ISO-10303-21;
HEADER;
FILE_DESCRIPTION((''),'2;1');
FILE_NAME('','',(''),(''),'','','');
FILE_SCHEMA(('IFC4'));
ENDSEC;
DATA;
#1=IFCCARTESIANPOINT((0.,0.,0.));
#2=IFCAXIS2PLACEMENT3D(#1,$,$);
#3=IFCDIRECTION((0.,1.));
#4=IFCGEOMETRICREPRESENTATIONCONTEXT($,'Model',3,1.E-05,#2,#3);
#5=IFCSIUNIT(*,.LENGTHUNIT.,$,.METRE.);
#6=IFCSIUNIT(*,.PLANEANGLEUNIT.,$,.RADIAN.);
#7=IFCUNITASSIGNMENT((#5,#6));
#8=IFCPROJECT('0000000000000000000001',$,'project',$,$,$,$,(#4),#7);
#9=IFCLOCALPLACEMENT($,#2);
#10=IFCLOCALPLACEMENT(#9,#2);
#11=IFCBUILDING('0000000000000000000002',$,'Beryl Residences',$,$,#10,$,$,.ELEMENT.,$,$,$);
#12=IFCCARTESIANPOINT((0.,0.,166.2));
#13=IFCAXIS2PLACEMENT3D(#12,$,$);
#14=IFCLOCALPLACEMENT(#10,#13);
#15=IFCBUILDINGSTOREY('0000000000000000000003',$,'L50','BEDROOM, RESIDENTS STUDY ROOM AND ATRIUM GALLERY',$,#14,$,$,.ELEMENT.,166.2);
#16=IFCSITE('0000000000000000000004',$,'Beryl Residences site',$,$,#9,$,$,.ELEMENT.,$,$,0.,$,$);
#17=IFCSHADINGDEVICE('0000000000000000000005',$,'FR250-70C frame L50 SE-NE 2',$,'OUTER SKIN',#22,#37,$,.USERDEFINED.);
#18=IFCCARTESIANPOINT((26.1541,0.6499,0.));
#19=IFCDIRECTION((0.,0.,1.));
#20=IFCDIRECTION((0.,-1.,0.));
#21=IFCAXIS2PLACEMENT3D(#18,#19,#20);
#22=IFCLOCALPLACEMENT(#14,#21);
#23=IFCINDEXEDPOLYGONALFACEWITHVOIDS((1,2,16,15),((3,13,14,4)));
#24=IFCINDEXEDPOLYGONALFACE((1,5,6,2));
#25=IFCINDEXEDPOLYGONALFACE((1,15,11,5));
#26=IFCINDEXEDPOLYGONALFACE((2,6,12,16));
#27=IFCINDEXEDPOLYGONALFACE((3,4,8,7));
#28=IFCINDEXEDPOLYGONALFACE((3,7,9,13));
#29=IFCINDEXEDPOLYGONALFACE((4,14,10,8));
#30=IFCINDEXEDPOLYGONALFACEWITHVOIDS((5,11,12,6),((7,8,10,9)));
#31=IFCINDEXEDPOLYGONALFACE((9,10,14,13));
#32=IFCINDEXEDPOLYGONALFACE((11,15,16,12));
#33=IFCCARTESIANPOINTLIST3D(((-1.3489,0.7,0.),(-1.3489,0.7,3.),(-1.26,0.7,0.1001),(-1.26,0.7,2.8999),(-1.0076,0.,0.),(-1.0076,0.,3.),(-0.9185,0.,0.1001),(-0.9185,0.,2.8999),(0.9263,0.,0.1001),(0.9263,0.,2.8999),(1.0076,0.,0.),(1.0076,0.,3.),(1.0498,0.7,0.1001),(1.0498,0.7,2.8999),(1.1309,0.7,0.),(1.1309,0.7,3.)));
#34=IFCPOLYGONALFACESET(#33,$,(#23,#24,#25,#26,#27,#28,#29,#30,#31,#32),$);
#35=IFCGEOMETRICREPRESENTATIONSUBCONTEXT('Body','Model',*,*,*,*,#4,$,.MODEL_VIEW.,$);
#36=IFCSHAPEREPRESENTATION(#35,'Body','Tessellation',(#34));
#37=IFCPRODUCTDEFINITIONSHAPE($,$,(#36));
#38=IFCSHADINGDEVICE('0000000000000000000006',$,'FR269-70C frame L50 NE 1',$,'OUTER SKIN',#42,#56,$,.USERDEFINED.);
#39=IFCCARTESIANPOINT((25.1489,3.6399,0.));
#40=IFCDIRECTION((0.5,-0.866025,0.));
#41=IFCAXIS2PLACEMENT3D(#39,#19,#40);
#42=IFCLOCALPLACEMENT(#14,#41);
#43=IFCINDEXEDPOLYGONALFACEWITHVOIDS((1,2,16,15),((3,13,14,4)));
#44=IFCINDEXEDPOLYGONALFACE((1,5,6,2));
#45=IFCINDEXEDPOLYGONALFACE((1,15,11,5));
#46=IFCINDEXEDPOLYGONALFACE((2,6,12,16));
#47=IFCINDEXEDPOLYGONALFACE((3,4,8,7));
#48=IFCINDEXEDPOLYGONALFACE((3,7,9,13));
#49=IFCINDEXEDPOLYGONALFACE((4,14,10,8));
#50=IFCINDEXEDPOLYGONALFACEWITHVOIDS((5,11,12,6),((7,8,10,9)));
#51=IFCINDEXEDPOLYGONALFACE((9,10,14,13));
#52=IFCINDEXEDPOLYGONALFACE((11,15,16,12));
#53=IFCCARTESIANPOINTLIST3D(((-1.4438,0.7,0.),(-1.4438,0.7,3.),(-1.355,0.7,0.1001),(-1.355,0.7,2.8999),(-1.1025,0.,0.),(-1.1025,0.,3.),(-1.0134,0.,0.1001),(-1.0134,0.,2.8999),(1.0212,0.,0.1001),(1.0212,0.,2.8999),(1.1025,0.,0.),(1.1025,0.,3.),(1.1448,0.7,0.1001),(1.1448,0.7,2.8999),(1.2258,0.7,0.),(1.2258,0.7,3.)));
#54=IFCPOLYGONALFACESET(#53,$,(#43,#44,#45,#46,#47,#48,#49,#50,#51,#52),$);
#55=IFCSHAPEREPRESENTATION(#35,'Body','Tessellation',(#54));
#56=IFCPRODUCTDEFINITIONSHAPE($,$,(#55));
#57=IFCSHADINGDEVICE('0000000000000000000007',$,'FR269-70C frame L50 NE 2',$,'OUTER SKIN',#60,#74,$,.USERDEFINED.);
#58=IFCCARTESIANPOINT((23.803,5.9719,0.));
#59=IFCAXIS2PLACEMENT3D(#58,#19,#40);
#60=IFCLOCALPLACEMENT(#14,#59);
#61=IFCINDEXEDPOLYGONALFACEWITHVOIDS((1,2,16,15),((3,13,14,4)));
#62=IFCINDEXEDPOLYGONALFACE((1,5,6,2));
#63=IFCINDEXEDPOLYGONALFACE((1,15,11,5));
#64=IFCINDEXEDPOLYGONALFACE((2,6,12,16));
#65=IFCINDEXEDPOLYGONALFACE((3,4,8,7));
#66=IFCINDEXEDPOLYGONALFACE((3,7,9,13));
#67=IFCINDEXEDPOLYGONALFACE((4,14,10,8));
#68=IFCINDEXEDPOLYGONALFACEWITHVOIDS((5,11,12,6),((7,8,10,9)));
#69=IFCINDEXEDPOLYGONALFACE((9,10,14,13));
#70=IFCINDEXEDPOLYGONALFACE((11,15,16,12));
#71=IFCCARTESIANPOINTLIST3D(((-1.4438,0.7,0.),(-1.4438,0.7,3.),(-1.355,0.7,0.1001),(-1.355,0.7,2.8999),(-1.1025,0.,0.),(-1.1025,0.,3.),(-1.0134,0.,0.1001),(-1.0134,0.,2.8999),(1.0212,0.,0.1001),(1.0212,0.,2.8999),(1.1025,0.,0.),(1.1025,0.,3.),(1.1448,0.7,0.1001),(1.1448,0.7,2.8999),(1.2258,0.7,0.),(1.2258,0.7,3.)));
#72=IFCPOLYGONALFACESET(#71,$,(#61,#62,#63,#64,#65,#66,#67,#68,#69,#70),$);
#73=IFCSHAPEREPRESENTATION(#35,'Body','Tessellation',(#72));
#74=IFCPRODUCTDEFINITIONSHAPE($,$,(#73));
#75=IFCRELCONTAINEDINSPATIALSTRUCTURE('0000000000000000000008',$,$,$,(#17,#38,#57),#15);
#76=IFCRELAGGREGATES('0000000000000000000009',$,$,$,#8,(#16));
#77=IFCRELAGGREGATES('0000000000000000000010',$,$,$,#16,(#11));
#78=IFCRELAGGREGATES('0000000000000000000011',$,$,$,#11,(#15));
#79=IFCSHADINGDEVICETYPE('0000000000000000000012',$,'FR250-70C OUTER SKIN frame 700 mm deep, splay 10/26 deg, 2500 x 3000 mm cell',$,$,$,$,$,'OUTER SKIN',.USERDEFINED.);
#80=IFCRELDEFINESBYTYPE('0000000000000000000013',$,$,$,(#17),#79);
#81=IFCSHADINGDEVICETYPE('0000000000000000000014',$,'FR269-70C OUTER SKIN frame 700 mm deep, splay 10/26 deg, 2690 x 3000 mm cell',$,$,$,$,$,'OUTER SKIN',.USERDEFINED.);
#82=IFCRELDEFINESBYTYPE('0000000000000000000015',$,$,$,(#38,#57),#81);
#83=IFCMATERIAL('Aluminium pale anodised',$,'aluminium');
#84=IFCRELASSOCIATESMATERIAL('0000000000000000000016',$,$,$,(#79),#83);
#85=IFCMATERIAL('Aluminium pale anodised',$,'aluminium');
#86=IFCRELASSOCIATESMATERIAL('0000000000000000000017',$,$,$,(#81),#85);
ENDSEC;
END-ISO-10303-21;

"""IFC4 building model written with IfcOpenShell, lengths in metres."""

from ifc_helpers import new_model, entity, si_unit, direction, frame, origin, place, context, subcontext, project, spatial, source, transform, mapped, material, type_object, type_shapes, element, save


model = new_model("IFC4")

# Units and contexts
model_context = context("Model", 3, precision=1e-05, world=origin(), true_north=direction((0.0, 1.0)))
body_context = subcontext(model_context, "Body", "Model", "MODEL_VIEW")
ifc_project = project(units=[si_unit("LENGTHUNIT", "METRE"), si_unit("PLANEANGLEUNIT", "RADIAN")], contexts=[model_context])

# Site, building, storey
site_placement = place(None, origin())
site = spatial("IfcSite", under=ifc_project, at=site_placement, Name="Beryl Residences site", CompositionType="ELEMENT", RefElevation=0.0)
building_placement = place(site_placement, origin())
building = spatial("IfcBuilding", under=site, at=building_placement, Name="Beryl Residences", CompositionType="ELEMENT")
storey_placement = place(building_placement, frame((0.0, 0.0, 166.2)))
storey = spatial("IfcBuildingStorey", under=building, at=storey_placement, Name="L50", Description="BEDROOM, RESIDENTS STUDY ROOM AND ATRIUM GALLERY", CompositionType="ELEMENT", Elevation=166.2)

# Shading devices
ifc_material_1 = material(Name="Aluminium pale anodised", Category="aluminium")
shading_device_type_1 = type_object("IfcShadingDeviceType", Name="FR250-70C OUTER SKIN frame 700 mm deep, splay 10/26 deg, 2500 x 3000 mm cell", ElementType="OUTER SKIN", PredefinedType="USERDEFINED", material=ifc_material_1)
cartesian_point_1 = entity("IfcCartesianPoint", [-1.0076, 0.0])
cartesian_point_2 = entity("IfcCartesianPoint", [-0.9263, 0.1001])
cartesian_point_3 = entity("IfcCartesianPoint", [-1.1309, 0.0])
cartesian_point_4 = entity("IfcCartesianPoint", [-1.0498, 0.1001])
shared_shape_1 = source(origin(), body_context, "Body", "SweptSolid", [
    entity("IfcExtrudedAreaSolidTapered", entity("IfcArbitraryProfileDefWithVoids", "AREA", None, entity("IfcPolyline", [cartesian_point_1, entity("IfcCartesianPoint", [1.0076, 0.0]), entity("IfcCartesianPoint", [1.0076, 3.0]), entity("IfcCartesianPoint", [-1.0076, 3.0]), cartesian_point_1]), [entity("IfcPolyline", [cartesian_point_2, entity("IfcCartesianPoint", [0.9185, 0.1001]), entity("IfcCartesianPoint", [0.9185, 2.8999]), entity("IfcCartesianPoint", [-0.9263, 2.8999]), cartesian_point_2])]), entity("IfcAxis2Placement3D", entity("IfcCartesianPoint", [0.0, 0.0, 0.0]), entity("IfcDirection", [0.0, 1.0, 0.0]), entity("IfcDirection", [-1.0, 0.0, 0.0])), entity("IfcDirection", [0.0, 0.0, 1.0]), 0.7, entity("IfcArbitraryProfileDefWithVoids", "AREA", None, entity("IfcPolyline", [cartesian_point_3, entity("IfcCartesianPoint", [1.3489, 0.0]), entity("IfcCartesianPoint", [1.3489, 3.0]), entity("IfcCartesianPoint", [-1.1309, 3.0]), cartesian_point_3]), [entity("IfcPolyline", [cartesian_point_4, entity("IfcCartesianPoint", [1.26, 0.1001]), entity("IfcCartesianPoint", [1.26, 2.8999]), entity("IfcCartesianPoint", [-1.0498, 2.8999]), cartesian_point_4])])),
])
type_shapes(shading_device_type_1, [shared_shape_1])
shading_device_placement = place(storey_placement, frame((26.1541, 0.6499, 0.0), z_axis=(0.0, 0.0, 1.0), x_axis=(0.0, -1.0, 0.0)))
element("IfcShadingDevice", 1, at=shading_device_placement, inside=storey, type_object=shading_device_type_1, Name="FR250-70C frame L50 SE-NE 2", ObjectType="OUTER SKIN", PredefinedType="USERDEFINED", context=body_context, shape_type="MappedRepresentation", body=[
    mapped(shared_shape_1, transform((0.0, 0.0, 0.0))),
])
ifc_material_2 = material(Name="Aluminium pale anodised", Category="aluminium")
shading_device_type_2 = type_object("IfcShadingDeviceType", Name="FR269-70C OUTER SKIN frame 700 mm deep, splay 10/26 deg, 2690 x 3000 mm cell", ElementType="OUTER SKIN", PredefinedType="USERDEFINED", material=ifc_material_2)
cartesian_point_5 = entity("IfcCartesianPoint", [-1.1025, 0.0])
cartesian_point_6 = entity("IfcCartesianPoint", [-1.0212, 0.1001])
cartesian_point_7 = entity("IfcCartesianPoint", [-1.2258, 0.0])
cartesian_point_8 = entity("IfcCartesianPoint", [-1.1448, 0.1001])
shared_shape_2 = source(origin(), body_context, "Body", "SweptSolid", [
    entity("IfcExtrudedAreaSolidTapered", entity("IfcArbitraryProfileDefWithVoids", "AREA", None, entity("IfcPolyline", [cartesian_point_5, entity("IfcCartesianPoint", [1.1025, 0.0]), entity("IfcCartesianPoint", [1.1025, 3.0]), entity("IfcCartesianPoint", [-1.1025, 3.0]), cartesian_point_5]), [entity("IfcPolyline", [cartesian_point_6, entity("IfcCartesianPoint", [1.0134, 0.1001]), entity("IfcCartesianPoint", [1.0134, 2.8999]), entity("IfcCartesianPoint", [-1.0212, 2.8999]), cartesian_point_6])]), entity("IfcAxis2Placement3D", entity("IfcCartesianPoint", [0.0, 0.0, 0.0]), entity("IfcDirection", [0.0, 1.0, 0.0]), entity("IfcDirection", [-1.0, 0.0, 0.0])), entity("IfcDirection", [0.0, 0.0, 1.0]), 0.7, entity("IfcArbitraryProfileDefWithVoids", "AREA", None, entity("IfcPolyline", [cartesian_point_7, entity("IfcCartesianPoint", [1.4438, 0.0]), entity("IfcCartesianPoint", [1.4438, 3.0]), entity("IfcCartesianPoint", [-1.2258, 3.0]), cartesian_point_7]), [entity("IfcPolyline", [cartesian_point_8, entity("IfcCartesianPoint", [1.355, 0.1001]), entity("IfcCartesianPoint", [1.355, 2.8999]), entity("IfcCartesianPoint", [-1.1448, 2.8999]), cartesian_point_8])])),
])
type_shapes(shading_device_type_2, [shared_shape_2])
for number, where, z_axis, x_axis, name in (
    (2, (25.1489, 3.6399, 0.0), (0.0, 0.0, 1.0), (0.5, -0.866025, 0.0), "FR269-70C frame L50 NE 1"),
    (3, (23.803, 5.9719, 0.0), (0.0, 0.0, 1.0), (0.5, -0.866025, 0.0), "FR269-70C frame L50 NE 2"),
):
    element("IfcShadingDevice", number, at=place(storey_placement, frame(where, z_axis=z_axis, x_axis=x_axis)), inside=storey, type_object=shading_device_type_2, Name=name, ObjectType="OUTER SKIN", PredefinedType="USERDEFINED", context=body_context, shape_type="MappedRepresentation", body=[
        mapped(shared_shape_2, transform((0.0, 0.0, 0.0))),
    ])

save(model, "model.ifc")
